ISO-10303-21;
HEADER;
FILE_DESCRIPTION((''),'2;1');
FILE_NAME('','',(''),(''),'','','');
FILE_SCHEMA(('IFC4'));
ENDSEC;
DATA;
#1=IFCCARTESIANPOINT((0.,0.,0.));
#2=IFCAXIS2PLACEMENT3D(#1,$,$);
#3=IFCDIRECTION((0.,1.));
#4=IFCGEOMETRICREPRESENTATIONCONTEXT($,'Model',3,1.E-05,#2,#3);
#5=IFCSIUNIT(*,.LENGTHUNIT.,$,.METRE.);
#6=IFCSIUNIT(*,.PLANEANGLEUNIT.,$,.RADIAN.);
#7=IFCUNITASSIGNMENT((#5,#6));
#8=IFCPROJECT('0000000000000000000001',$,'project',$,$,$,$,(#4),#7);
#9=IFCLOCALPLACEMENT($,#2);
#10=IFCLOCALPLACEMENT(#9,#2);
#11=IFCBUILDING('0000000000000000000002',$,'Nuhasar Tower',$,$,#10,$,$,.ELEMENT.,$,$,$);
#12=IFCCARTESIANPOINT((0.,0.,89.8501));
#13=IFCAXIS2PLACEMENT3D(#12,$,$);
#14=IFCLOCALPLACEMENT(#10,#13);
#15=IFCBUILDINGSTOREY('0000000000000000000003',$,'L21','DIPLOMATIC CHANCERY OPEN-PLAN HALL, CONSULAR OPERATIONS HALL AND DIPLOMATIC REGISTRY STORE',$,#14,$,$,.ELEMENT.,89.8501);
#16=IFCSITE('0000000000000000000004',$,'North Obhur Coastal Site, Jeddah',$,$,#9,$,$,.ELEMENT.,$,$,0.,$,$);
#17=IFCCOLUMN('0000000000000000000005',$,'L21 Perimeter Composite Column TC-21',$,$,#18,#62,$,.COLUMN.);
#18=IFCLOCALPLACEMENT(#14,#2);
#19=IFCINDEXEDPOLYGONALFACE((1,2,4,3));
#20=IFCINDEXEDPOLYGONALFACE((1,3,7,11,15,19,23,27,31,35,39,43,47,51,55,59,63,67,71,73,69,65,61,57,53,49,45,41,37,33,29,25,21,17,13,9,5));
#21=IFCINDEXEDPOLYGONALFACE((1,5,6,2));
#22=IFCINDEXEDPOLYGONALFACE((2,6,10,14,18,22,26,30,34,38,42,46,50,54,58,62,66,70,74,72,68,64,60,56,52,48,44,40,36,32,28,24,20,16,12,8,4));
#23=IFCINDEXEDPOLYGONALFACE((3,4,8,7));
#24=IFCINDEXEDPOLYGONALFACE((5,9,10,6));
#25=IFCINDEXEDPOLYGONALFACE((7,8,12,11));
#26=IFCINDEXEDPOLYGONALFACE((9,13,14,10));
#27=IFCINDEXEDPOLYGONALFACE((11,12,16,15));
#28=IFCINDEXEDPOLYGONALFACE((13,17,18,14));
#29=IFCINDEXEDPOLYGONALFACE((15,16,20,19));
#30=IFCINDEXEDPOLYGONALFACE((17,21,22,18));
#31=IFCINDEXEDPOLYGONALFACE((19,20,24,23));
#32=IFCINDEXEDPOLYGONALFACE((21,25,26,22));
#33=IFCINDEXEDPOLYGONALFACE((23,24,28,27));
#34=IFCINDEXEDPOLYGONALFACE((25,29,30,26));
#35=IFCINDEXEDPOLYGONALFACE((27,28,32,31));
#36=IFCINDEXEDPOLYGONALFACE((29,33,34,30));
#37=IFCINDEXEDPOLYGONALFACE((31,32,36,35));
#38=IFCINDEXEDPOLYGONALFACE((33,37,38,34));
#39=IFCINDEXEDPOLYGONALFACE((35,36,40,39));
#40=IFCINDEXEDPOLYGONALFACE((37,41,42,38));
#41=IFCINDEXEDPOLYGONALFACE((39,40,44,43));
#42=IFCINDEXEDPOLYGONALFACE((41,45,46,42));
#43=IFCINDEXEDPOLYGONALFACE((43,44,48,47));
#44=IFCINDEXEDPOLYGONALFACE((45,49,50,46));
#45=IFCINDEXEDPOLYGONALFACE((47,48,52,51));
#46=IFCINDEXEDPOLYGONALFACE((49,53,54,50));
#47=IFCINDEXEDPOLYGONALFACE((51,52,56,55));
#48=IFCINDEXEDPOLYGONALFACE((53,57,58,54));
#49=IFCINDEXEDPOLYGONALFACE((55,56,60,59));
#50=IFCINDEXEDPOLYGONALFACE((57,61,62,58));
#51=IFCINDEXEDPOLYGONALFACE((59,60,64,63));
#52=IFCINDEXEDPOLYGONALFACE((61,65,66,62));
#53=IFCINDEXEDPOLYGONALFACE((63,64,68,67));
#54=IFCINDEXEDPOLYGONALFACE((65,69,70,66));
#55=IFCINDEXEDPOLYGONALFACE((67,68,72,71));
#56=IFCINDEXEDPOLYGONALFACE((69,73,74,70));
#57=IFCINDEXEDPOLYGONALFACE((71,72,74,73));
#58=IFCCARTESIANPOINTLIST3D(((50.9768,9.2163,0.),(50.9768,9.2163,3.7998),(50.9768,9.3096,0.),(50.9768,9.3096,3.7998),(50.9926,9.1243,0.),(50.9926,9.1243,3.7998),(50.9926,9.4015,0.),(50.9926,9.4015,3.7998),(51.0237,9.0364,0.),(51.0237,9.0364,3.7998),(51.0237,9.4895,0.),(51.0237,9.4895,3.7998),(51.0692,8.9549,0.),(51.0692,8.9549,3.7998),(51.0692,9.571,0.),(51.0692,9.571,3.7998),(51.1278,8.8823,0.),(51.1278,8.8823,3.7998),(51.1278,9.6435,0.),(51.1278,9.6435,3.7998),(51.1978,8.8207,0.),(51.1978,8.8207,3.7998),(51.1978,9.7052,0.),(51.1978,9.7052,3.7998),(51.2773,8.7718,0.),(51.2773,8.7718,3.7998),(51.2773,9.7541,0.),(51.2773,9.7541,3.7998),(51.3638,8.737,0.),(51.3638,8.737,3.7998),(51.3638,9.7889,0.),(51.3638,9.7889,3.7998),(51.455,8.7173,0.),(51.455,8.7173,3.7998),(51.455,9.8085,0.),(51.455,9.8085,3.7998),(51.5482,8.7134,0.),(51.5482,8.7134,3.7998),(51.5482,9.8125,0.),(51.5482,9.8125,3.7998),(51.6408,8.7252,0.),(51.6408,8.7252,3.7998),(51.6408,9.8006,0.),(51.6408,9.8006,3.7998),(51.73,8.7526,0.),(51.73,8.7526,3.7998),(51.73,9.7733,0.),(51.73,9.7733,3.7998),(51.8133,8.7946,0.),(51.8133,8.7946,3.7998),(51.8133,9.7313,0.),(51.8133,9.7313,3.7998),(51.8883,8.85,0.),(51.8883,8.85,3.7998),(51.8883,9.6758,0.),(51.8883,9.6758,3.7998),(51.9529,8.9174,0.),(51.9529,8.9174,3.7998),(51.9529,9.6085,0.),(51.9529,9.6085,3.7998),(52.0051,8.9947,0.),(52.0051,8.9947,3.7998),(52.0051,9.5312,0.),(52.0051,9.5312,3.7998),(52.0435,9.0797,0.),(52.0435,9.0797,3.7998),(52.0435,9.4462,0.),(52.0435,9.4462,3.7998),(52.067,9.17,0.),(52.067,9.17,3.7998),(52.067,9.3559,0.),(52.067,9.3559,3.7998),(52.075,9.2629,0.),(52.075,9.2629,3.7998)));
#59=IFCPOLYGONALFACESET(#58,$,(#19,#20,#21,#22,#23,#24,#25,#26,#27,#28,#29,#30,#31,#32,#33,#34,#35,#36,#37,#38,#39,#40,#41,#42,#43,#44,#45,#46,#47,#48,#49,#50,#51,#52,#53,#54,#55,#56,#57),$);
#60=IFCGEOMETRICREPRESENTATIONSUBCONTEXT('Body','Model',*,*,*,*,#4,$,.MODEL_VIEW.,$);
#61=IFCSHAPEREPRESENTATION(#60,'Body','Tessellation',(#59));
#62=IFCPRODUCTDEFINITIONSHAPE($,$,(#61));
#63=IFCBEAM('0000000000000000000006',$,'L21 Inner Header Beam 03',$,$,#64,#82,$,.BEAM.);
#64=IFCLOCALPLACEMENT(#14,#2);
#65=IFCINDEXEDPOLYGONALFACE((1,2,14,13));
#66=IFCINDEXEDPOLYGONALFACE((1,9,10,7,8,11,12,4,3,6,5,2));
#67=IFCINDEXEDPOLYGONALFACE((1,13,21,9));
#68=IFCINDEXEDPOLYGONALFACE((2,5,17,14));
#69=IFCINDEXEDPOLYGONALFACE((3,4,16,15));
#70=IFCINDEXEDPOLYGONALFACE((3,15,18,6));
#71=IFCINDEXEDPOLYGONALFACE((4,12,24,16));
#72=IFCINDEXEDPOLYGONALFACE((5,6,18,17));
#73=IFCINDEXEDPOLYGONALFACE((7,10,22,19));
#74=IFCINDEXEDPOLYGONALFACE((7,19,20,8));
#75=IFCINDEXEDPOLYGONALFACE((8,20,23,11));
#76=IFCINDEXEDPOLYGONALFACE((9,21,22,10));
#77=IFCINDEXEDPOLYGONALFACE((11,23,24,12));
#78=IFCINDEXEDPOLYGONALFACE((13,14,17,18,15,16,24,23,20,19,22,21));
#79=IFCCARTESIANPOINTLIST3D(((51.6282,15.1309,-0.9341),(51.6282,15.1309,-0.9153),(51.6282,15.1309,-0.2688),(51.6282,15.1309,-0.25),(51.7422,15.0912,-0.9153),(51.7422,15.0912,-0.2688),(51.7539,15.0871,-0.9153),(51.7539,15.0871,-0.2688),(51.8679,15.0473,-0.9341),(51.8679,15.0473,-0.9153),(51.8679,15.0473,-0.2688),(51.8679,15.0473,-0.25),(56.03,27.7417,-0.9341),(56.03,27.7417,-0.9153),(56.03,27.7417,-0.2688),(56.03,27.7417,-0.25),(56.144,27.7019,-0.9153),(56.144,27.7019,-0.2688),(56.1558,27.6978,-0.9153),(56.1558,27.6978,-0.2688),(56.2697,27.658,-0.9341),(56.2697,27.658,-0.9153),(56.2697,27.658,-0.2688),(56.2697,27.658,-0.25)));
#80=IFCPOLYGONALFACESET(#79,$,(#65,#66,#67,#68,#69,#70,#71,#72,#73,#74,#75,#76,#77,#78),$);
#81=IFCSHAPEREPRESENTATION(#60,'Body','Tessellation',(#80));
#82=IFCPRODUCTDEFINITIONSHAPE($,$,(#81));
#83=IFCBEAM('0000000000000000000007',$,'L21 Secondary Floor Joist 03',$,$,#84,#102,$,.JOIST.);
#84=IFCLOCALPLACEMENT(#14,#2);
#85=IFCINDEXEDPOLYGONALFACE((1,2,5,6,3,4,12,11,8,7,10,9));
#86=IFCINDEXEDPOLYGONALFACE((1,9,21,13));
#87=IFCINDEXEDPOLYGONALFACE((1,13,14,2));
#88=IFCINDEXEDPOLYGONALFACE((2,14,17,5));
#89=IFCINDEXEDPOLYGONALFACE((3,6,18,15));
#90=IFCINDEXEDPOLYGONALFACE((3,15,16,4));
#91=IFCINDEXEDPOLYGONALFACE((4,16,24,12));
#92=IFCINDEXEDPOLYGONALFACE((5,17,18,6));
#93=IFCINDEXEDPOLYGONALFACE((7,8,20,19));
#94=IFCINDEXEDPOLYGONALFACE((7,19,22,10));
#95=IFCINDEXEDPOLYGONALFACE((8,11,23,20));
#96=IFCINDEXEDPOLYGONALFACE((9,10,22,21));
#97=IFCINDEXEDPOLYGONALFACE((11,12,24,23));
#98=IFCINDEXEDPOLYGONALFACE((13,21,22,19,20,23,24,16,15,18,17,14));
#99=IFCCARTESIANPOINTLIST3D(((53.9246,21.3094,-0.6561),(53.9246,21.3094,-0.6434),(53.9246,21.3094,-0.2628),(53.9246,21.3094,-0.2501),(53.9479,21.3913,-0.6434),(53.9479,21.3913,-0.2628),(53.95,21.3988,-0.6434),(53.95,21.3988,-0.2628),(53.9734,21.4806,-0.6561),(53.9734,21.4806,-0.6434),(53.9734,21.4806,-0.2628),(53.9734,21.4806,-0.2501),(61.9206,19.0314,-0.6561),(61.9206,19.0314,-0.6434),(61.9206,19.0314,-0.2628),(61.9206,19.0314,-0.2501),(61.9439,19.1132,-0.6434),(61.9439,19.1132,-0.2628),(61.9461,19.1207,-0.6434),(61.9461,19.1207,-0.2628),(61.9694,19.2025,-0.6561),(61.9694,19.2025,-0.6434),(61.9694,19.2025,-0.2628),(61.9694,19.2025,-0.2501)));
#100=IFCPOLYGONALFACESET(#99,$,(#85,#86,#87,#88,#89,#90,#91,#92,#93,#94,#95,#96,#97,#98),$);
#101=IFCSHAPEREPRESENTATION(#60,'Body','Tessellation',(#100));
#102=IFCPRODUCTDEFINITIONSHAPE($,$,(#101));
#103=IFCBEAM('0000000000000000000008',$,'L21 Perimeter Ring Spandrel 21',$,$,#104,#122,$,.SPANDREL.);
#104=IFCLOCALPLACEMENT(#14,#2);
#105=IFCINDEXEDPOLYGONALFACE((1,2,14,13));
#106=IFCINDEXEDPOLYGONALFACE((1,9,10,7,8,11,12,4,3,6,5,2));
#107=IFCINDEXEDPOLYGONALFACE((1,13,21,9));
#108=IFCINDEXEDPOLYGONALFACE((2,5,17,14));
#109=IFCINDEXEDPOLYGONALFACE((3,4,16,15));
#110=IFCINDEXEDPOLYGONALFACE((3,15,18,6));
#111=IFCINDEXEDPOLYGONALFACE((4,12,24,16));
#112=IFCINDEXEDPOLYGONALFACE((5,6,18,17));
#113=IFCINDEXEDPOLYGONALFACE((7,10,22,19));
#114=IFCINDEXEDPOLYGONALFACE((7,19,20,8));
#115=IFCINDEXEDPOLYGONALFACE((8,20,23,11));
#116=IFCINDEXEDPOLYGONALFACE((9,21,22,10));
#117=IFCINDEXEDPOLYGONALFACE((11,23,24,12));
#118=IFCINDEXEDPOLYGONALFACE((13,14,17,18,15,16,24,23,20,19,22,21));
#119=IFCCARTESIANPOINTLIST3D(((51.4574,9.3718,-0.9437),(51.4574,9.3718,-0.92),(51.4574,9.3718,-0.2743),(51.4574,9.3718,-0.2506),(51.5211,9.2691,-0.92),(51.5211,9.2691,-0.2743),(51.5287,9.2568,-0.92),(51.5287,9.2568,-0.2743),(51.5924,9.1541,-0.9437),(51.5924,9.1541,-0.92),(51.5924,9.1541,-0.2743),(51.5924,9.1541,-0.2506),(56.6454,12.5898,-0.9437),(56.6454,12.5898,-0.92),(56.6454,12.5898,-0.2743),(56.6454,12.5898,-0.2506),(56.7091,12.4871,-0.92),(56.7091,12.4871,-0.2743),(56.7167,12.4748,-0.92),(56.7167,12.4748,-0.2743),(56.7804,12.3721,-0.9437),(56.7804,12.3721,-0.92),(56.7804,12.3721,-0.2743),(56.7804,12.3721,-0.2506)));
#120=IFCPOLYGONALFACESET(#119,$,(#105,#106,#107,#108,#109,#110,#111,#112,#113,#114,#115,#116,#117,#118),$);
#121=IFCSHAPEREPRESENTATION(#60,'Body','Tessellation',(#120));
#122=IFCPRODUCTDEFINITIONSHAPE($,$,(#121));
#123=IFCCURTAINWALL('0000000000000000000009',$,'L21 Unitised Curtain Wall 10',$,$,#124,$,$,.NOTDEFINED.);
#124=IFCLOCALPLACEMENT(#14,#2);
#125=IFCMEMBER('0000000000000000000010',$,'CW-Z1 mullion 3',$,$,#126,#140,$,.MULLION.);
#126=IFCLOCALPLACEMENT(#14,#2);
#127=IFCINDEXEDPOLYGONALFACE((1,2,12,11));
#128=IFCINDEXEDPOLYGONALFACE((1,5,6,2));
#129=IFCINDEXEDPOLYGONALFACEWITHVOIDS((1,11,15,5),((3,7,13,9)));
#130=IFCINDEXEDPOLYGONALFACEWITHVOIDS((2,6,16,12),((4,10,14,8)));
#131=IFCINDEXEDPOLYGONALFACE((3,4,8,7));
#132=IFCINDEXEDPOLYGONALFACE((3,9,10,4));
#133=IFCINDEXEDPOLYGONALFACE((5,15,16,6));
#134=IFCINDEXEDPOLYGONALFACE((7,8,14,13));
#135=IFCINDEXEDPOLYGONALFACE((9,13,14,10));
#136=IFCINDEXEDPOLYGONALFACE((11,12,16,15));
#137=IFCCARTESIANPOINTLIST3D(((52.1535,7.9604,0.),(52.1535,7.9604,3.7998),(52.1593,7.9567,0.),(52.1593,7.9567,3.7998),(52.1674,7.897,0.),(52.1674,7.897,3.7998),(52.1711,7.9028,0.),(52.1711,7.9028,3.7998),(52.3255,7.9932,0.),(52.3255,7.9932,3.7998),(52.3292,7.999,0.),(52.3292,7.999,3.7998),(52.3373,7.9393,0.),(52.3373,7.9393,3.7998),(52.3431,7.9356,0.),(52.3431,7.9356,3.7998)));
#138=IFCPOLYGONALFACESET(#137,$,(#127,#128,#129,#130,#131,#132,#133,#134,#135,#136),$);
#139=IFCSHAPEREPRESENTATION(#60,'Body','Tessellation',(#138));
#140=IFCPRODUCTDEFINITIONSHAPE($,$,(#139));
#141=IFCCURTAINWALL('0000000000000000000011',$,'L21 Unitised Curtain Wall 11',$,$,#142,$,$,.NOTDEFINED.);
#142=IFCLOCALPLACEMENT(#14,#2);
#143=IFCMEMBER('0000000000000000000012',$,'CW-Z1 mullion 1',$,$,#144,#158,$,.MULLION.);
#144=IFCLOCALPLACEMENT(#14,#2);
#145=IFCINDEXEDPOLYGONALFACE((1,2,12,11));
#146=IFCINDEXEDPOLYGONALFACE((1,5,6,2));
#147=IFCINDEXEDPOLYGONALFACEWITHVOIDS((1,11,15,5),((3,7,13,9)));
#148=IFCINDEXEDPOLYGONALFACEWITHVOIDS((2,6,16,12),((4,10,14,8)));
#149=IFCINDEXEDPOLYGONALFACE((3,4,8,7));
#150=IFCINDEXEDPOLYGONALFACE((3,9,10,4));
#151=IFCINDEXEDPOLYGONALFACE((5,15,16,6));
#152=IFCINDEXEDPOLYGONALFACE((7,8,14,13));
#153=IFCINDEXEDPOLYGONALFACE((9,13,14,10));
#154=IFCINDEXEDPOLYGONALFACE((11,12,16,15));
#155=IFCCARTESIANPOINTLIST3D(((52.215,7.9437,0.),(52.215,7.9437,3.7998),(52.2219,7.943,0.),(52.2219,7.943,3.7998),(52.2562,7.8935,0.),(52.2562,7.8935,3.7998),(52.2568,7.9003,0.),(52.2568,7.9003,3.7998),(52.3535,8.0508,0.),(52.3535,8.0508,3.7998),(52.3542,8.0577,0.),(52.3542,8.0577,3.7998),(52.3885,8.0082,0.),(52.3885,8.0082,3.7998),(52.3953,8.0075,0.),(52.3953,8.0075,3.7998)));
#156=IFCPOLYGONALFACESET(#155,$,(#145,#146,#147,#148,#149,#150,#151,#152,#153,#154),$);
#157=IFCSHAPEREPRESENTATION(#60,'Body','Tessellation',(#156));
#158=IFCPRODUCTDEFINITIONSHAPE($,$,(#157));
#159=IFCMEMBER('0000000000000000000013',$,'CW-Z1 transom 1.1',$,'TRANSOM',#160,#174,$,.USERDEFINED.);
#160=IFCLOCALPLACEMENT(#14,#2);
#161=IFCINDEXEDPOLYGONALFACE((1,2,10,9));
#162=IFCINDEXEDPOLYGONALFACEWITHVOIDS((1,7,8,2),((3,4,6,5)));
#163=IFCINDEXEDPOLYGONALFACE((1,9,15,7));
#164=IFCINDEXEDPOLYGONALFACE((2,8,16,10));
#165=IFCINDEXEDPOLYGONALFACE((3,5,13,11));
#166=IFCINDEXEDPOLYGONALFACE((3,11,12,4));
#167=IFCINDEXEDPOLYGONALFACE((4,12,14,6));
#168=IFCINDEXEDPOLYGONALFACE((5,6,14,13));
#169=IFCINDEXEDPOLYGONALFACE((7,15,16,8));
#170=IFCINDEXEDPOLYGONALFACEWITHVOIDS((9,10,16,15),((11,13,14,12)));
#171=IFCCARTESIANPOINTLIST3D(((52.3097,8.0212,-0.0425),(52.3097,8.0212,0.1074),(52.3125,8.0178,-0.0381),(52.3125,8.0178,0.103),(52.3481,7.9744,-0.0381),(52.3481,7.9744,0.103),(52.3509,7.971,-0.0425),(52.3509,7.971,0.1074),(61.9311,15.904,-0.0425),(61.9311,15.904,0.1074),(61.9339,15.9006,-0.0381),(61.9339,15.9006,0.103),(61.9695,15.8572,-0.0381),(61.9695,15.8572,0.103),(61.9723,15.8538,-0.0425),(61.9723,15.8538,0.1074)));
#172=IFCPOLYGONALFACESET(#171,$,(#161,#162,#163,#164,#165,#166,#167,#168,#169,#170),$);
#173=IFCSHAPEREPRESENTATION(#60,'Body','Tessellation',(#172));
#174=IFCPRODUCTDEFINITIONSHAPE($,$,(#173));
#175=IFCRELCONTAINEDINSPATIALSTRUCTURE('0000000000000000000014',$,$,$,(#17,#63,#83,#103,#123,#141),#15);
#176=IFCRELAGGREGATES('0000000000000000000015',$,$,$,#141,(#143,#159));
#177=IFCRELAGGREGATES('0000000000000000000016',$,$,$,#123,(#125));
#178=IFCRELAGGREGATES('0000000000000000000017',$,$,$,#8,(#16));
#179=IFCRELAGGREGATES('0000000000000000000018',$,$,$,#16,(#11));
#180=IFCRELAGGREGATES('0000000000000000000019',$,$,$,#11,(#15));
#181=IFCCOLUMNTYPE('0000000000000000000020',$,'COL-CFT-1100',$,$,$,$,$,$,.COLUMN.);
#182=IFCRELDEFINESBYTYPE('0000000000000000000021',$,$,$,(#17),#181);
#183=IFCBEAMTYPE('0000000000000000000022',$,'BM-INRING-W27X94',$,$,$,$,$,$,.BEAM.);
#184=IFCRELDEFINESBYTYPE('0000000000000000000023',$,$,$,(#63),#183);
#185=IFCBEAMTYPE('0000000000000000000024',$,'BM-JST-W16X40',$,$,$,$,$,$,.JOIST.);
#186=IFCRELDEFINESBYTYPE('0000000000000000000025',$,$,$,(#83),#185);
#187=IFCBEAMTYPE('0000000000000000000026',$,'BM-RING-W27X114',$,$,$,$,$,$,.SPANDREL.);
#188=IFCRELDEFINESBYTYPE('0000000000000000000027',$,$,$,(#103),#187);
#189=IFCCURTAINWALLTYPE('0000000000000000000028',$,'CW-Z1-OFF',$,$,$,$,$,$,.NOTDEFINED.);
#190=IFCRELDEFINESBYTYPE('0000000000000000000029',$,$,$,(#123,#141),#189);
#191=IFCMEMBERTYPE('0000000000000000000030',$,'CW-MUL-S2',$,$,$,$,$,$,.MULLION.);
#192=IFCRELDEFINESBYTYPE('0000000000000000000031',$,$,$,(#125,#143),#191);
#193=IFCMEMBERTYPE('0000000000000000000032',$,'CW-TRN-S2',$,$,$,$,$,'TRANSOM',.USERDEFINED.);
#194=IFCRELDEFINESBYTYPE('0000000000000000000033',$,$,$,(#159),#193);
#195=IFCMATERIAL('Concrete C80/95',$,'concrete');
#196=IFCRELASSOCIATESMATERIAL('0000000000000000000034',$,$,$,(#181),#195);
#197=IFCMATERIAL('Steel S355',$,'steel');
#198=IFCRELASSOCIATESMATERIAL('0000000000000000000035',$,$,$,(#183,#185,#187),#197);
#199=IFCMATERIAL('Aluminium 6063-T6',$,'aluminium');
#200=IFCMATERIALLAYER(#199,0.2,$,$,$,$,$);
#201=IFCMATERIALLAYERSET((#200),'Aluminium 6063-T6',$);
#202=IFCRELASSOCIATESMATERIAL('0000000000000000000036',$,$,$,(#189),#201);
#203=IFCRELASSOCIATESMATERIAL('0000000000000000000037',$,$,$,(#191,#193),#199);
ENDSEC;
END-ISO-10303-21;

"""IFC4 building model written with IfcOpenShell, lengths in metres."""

from ifc_helpers import new_model, si_unit, direction, frame, origin, origin_2d, place, context, subcontext, project, spatial, hollow_rectangle, circle, i_section, extrude, material, layer, layer_set, material_profile, profile_set, type_object, element, aggregate, save


model = new_model("IFC4")

# Units and contexts
model_context = context("Model", 3, precision=1e-05, world=origin(), true_north=direction((0.0, 1.0)))
body_context = subcontext(model_context, "Body", "Model", "MODEL_VIEW")
ifc_project = project(units=[si_unit("LENGTHUNIT", "METRE"), si_unit("PLANEANGLEUNIT", "RADIAN")], contexts=[model_context])

# Site, building, storey
site_placement = place(None, origin())
site = spatial("IfcSite", under=ifc_project, at=site_placement, Name="North Obhur Coastal Site, Jeddah", CompositionType="ELEMENT", RefElevation=0.0)
building_placement = place(site_placement, origin())
building = spatial("IfcBuilding", under=site, at=building_placement, Name="Nuhasar Tower", CompositionType="ELEMENT")
storey_placement = place(building_placement, frame((0.0, 0.0, 89.8501)))
storey = spatial("IfcBuildingStorey", under=building, at=storey_placement, Name="L21", Description="DIPLOMATIC CHANCERY OPEN-PLAN HALL, CONSULAR OPERATIONS HALL AND DIPLOMATIC REGISTRY STORE", CompositionType="ELEMENT", Elevation=89.8501)

# Column
ifc_material_1 = material(Name="Concrete C80/95", Category="concrete")
ifc_material_profile_1 = material_profile(ifc_material_1, circle(Radius=0.55, at=origin_2d()), Name="CFT1100")
ifc_profile_set_1 = profile_set([ifc_material_profile_1], Name="Concrete C80/95")
column_type = type_object("IfcColumnType", Name="COL-CFT-1100", PredefinedType="COLUMN", material=ifc_profile_set_1)
column_placement = place(storey_placement, frame((51.5249, 9.2629, 0.0), z_axis=(0.0, 0.0, 1.0), x_axis=(1.0, 0.0, 0.0)))
element("IfcColumn", 1, at=column_placement, inside=storey, type_object=column_type, Name="L21 Perimeter Composite Column TC-21", PredefinedType="COLUMN", context=body_context, shape_type="SweptSolid", body=[
    extrude(circle(Radius=0.55, at=origin_2d()), origin(), (0.0, 0.0, 1.0), 3.7998),
])

# Beams
ifc_material_2 = material(Name="Steel S355", Category="steel")
ifc_material_profile_2 = material_profile(ifc_material_2, i_section(OverallWidth=0.2539, OverallDepth=0.6841, WebThickness=0.0125, FlangeThickness=0.0188, at=origin_2d()), Name="W27X94")
ifc_profile_set_2 = profile_set([ifc_material_profile_2], Name="Steel S355")
beam_type_1 = type_object("IfcBeamType", Name="BM-INRING-W27X94", PredefinedType="BEAM", material=ifc_profile_set_2)
beam_1_placement = place(storey_placement, frame((51.748, 15.0891, -0.592), z_axis=(0.329554, 0.944137, 0.0), x_axis=(-0.944137, 0.329554, 0.0)))
element("IfcBeam", 2, at=beam_1_placement, inside=storey, type_object=beam_type_1, Name="L21 Inner Header Beam 03", PredefinedType="BEAM", context=body_context, shape_type="SweptSolid", body=[
    extrude(i_section(OverallWidth=0.2539, OverallDepth=0.6841, WebThickness=0.0125, FlangeThickness=0.0188, at=origin_2d()), origin(), (0.0, 0.0, 1.0), 13.3569),
])
ifc_material_profile_3 = material_profile(ifc_material_2, i_section(OverallWidth=0.178, OverallDepth=0.406, WebThickness=0.0078, FlangeThickness=0.0127, at=origin_2d()), Name="W16X40")
ifc_profile_set_3 = profile_set([ifc_material_profile_3], Name="Steel S355")
beam_type_2 = type_object("IfcBeamType", Name="BM-JST-W16X40", PredefinedType="JOIST", material=ifc_profile_set_3)
beam_2_placement = place(storey_placement, frame((53.949, 21.395, -0.4531), z_axis=(0.961731, -0.273996, 0.0), x_axis=(0.273996, 0.961731, 0.0)))
element("IfcBeam", 3, at=beam_2_placement, inside=storey, type_object=beam_type_2, Name="L21 Secondary Floor Joist 03", PredefinedType="JOIST", context=body_context, shape_type="SweptSolid", body=[
    extrude(i_section(OverallWidth=0.178, OverallDepth=0.406, WebThickness=0.0078, FlangeThickness=0.0127, at=origin_2d()), origin(), (0.0, 0.0, 1.0), 8.3142),
])
ifc_material_profile_4 = material_profile(ifc_material_2, i_section(OverallWidth=0.2561, OverallDepth=0.6931, WebThickness=0.0144, FlangeThickness=0.0237, at=origin_2d()), Name="W27X114")
ifc_profile_set_4 = profile_set([ifc_material_profile_4], Name="Steel S355")
beam_type_3 = type_object("IfcBeamType", Name="BM-RING-W27X114", PredefinedType="SPANDREL", material=ifc_profile_set_4)
beam_3_placement = place(storey_placement, frame((51.5249, 9.2629, -0.5972), z_axis=(0.849795, 0.527113, 0.0), x_axis=(-0.527113, 0.849795, 0.0)))
element("IfcBeam", 4, at=beam_3_placement, inside=storey, type_object=beam_type_3, Name="L21 Perimeter Ring Spandrel 21", PredefinedType="SPANDREL", context=body_context, shape_type="SweptSolid", body=[
    extrude(i_section(OverallWidth=0.2561, OverallDepth=0.6931, WebThickness=0.0144, FlangeThickness=0.0237, at=origin_2d()), origin(), (0.0, 0.0, 1.0), 6.105),
])

# Curtain wall, member
ifc_material_3 = material(Name="Aluminium 6063-T6", Category="aluminium")
ifc_layer_1 = layer(ifc_material_3, 0.2)
ifc_layer_set_1 = layer_set([ifc_layer_1], Name="Aluminium 6063-T6")
curtain_wall_type = type_object("IfcCurtainWallType", Name="CW-Z1-OFF", PredefinedType="NOTDEFINED", material=ifc_layer_set_1)
curtain_wall_1_placement = place(storey_placement, origin())
curtain_wall_1 = element("IfcCurtainWall", 5, at=curtain_wall_1_placement, inside=storey, type_object=curtain_wall_type, Name="L21 Unitised Curtain Wall 10", PredefinedType="NOTDEFINED")
ifc_material_profile_5 = material_profile(ifc_material_3, hollow_rectangle(XDim=0.0649, YDim=0.1799, WallThickness=0.0049, at=origin_2d()), Name="CWM-2")
ifc_profile_set_5 = profile_set([ifc_material_profile_5], Name="Aluminium 6063-T6")
member_type_1 = type_object("IfcMemberType", Name="CW-MUL-S2", PredefinedType="MULLION", material=ifc_profile_set_5)
member_1_placement = place(storey_placement, frame((52.2483, 7.948, 0.0), z_axis=(0.0, 0.0, 1.0), x_axis=(-0.214399, 0.976746, 0.0)))
member_1 = element("IfcMember", 6, at=member_1_placement, type_object=member_type_1, Name="CW-Z1 mullion 3", PredefinedType="MULLION", context=body_context, shape_type="SweptSolid", body=[
    extrude(hollow_rectangle(XDim=0.0649, YDim=0.1799, WallThickness=0.0049, at=origin_2d()), origin(), (0.0, 0.0, 1.0), 3.7998),
])

# Curtain wall, members
curtain_wall_2_placement = place(storey_placement, origin())
curtain_wall_2 = element("IfcCurtainWall", 7, at=curtain_wall_2_placement, inside=storey, type_object=curtain_wall_type, Name="L21 Unitised Curtain Wall 11", PredefinedType="NOTDEFINED")
member_2_placement = place(storey_placement, frame((52.3052, 7.9756, 0.0), z_axis=(0.0, 0.0, 1.0), x_axis=(-0.633745, 0.773542, 0.0)))
member_2 = element("IfcMember", 8, at=member_2_placement, type_object=member_type_1, Name="CW-Z1 mullion 1", PredefinedType="MULLION", context=body_context, shape_type="SweptSolid", body=[
    extrude(hollow_rectangle(XDim=0.0649, YDim=0.1799, WallThickness=0.0049, at=origin_2d()), origin(), (0.0, 0.0, 1.0), 3.7998),
])
ifc_material_profile_6 = material_profile(ifc_material_3, hollow_rectangle(XDim=0.0649, YDim=0.1499, WallThickness=0.0044, at=origin_2d()), Name="CWT-2")
ifc_profile_set_6 = profile_set([ifc_material_profile_6], Name="Aluminium 6063-T6")
member_type_2 = type_object("IfcMemberType", Name="CW-TRN-S2", ElementType="TRANSOM", PredefinedType="USERDEFINED", material=ifc_profile_set_6)
member_3_placement = place(storey_placement, frame((52.3303, 7.9961, 0.0325), z_axis=(0.773531, 0.633758, 0.0), x_axis=(-0.633758, 0.773531, 0.0)))
member_3 = element("IfcMember", 9, at=member_3_placement, type_object=member_type_2, Name="CW-Z1 transom 1.1", ObjectType="TRANSOM", PredefinedType="USERDEFINED", context=body_context, shape_type="SweptSolid", body=[
    extrude(hollow_rectangle(XDim=0.0649, YDim=0.1499, WallThickness=0.0044, at=origin_2d()), origin(), (0.0, 0.0, 1.0), 12.4382),
])
aggregate(curtain_wall_2, [member_2, member_3])

aggregate(curtain_wall_1, [member_1])

save(model, "model.ifc")
